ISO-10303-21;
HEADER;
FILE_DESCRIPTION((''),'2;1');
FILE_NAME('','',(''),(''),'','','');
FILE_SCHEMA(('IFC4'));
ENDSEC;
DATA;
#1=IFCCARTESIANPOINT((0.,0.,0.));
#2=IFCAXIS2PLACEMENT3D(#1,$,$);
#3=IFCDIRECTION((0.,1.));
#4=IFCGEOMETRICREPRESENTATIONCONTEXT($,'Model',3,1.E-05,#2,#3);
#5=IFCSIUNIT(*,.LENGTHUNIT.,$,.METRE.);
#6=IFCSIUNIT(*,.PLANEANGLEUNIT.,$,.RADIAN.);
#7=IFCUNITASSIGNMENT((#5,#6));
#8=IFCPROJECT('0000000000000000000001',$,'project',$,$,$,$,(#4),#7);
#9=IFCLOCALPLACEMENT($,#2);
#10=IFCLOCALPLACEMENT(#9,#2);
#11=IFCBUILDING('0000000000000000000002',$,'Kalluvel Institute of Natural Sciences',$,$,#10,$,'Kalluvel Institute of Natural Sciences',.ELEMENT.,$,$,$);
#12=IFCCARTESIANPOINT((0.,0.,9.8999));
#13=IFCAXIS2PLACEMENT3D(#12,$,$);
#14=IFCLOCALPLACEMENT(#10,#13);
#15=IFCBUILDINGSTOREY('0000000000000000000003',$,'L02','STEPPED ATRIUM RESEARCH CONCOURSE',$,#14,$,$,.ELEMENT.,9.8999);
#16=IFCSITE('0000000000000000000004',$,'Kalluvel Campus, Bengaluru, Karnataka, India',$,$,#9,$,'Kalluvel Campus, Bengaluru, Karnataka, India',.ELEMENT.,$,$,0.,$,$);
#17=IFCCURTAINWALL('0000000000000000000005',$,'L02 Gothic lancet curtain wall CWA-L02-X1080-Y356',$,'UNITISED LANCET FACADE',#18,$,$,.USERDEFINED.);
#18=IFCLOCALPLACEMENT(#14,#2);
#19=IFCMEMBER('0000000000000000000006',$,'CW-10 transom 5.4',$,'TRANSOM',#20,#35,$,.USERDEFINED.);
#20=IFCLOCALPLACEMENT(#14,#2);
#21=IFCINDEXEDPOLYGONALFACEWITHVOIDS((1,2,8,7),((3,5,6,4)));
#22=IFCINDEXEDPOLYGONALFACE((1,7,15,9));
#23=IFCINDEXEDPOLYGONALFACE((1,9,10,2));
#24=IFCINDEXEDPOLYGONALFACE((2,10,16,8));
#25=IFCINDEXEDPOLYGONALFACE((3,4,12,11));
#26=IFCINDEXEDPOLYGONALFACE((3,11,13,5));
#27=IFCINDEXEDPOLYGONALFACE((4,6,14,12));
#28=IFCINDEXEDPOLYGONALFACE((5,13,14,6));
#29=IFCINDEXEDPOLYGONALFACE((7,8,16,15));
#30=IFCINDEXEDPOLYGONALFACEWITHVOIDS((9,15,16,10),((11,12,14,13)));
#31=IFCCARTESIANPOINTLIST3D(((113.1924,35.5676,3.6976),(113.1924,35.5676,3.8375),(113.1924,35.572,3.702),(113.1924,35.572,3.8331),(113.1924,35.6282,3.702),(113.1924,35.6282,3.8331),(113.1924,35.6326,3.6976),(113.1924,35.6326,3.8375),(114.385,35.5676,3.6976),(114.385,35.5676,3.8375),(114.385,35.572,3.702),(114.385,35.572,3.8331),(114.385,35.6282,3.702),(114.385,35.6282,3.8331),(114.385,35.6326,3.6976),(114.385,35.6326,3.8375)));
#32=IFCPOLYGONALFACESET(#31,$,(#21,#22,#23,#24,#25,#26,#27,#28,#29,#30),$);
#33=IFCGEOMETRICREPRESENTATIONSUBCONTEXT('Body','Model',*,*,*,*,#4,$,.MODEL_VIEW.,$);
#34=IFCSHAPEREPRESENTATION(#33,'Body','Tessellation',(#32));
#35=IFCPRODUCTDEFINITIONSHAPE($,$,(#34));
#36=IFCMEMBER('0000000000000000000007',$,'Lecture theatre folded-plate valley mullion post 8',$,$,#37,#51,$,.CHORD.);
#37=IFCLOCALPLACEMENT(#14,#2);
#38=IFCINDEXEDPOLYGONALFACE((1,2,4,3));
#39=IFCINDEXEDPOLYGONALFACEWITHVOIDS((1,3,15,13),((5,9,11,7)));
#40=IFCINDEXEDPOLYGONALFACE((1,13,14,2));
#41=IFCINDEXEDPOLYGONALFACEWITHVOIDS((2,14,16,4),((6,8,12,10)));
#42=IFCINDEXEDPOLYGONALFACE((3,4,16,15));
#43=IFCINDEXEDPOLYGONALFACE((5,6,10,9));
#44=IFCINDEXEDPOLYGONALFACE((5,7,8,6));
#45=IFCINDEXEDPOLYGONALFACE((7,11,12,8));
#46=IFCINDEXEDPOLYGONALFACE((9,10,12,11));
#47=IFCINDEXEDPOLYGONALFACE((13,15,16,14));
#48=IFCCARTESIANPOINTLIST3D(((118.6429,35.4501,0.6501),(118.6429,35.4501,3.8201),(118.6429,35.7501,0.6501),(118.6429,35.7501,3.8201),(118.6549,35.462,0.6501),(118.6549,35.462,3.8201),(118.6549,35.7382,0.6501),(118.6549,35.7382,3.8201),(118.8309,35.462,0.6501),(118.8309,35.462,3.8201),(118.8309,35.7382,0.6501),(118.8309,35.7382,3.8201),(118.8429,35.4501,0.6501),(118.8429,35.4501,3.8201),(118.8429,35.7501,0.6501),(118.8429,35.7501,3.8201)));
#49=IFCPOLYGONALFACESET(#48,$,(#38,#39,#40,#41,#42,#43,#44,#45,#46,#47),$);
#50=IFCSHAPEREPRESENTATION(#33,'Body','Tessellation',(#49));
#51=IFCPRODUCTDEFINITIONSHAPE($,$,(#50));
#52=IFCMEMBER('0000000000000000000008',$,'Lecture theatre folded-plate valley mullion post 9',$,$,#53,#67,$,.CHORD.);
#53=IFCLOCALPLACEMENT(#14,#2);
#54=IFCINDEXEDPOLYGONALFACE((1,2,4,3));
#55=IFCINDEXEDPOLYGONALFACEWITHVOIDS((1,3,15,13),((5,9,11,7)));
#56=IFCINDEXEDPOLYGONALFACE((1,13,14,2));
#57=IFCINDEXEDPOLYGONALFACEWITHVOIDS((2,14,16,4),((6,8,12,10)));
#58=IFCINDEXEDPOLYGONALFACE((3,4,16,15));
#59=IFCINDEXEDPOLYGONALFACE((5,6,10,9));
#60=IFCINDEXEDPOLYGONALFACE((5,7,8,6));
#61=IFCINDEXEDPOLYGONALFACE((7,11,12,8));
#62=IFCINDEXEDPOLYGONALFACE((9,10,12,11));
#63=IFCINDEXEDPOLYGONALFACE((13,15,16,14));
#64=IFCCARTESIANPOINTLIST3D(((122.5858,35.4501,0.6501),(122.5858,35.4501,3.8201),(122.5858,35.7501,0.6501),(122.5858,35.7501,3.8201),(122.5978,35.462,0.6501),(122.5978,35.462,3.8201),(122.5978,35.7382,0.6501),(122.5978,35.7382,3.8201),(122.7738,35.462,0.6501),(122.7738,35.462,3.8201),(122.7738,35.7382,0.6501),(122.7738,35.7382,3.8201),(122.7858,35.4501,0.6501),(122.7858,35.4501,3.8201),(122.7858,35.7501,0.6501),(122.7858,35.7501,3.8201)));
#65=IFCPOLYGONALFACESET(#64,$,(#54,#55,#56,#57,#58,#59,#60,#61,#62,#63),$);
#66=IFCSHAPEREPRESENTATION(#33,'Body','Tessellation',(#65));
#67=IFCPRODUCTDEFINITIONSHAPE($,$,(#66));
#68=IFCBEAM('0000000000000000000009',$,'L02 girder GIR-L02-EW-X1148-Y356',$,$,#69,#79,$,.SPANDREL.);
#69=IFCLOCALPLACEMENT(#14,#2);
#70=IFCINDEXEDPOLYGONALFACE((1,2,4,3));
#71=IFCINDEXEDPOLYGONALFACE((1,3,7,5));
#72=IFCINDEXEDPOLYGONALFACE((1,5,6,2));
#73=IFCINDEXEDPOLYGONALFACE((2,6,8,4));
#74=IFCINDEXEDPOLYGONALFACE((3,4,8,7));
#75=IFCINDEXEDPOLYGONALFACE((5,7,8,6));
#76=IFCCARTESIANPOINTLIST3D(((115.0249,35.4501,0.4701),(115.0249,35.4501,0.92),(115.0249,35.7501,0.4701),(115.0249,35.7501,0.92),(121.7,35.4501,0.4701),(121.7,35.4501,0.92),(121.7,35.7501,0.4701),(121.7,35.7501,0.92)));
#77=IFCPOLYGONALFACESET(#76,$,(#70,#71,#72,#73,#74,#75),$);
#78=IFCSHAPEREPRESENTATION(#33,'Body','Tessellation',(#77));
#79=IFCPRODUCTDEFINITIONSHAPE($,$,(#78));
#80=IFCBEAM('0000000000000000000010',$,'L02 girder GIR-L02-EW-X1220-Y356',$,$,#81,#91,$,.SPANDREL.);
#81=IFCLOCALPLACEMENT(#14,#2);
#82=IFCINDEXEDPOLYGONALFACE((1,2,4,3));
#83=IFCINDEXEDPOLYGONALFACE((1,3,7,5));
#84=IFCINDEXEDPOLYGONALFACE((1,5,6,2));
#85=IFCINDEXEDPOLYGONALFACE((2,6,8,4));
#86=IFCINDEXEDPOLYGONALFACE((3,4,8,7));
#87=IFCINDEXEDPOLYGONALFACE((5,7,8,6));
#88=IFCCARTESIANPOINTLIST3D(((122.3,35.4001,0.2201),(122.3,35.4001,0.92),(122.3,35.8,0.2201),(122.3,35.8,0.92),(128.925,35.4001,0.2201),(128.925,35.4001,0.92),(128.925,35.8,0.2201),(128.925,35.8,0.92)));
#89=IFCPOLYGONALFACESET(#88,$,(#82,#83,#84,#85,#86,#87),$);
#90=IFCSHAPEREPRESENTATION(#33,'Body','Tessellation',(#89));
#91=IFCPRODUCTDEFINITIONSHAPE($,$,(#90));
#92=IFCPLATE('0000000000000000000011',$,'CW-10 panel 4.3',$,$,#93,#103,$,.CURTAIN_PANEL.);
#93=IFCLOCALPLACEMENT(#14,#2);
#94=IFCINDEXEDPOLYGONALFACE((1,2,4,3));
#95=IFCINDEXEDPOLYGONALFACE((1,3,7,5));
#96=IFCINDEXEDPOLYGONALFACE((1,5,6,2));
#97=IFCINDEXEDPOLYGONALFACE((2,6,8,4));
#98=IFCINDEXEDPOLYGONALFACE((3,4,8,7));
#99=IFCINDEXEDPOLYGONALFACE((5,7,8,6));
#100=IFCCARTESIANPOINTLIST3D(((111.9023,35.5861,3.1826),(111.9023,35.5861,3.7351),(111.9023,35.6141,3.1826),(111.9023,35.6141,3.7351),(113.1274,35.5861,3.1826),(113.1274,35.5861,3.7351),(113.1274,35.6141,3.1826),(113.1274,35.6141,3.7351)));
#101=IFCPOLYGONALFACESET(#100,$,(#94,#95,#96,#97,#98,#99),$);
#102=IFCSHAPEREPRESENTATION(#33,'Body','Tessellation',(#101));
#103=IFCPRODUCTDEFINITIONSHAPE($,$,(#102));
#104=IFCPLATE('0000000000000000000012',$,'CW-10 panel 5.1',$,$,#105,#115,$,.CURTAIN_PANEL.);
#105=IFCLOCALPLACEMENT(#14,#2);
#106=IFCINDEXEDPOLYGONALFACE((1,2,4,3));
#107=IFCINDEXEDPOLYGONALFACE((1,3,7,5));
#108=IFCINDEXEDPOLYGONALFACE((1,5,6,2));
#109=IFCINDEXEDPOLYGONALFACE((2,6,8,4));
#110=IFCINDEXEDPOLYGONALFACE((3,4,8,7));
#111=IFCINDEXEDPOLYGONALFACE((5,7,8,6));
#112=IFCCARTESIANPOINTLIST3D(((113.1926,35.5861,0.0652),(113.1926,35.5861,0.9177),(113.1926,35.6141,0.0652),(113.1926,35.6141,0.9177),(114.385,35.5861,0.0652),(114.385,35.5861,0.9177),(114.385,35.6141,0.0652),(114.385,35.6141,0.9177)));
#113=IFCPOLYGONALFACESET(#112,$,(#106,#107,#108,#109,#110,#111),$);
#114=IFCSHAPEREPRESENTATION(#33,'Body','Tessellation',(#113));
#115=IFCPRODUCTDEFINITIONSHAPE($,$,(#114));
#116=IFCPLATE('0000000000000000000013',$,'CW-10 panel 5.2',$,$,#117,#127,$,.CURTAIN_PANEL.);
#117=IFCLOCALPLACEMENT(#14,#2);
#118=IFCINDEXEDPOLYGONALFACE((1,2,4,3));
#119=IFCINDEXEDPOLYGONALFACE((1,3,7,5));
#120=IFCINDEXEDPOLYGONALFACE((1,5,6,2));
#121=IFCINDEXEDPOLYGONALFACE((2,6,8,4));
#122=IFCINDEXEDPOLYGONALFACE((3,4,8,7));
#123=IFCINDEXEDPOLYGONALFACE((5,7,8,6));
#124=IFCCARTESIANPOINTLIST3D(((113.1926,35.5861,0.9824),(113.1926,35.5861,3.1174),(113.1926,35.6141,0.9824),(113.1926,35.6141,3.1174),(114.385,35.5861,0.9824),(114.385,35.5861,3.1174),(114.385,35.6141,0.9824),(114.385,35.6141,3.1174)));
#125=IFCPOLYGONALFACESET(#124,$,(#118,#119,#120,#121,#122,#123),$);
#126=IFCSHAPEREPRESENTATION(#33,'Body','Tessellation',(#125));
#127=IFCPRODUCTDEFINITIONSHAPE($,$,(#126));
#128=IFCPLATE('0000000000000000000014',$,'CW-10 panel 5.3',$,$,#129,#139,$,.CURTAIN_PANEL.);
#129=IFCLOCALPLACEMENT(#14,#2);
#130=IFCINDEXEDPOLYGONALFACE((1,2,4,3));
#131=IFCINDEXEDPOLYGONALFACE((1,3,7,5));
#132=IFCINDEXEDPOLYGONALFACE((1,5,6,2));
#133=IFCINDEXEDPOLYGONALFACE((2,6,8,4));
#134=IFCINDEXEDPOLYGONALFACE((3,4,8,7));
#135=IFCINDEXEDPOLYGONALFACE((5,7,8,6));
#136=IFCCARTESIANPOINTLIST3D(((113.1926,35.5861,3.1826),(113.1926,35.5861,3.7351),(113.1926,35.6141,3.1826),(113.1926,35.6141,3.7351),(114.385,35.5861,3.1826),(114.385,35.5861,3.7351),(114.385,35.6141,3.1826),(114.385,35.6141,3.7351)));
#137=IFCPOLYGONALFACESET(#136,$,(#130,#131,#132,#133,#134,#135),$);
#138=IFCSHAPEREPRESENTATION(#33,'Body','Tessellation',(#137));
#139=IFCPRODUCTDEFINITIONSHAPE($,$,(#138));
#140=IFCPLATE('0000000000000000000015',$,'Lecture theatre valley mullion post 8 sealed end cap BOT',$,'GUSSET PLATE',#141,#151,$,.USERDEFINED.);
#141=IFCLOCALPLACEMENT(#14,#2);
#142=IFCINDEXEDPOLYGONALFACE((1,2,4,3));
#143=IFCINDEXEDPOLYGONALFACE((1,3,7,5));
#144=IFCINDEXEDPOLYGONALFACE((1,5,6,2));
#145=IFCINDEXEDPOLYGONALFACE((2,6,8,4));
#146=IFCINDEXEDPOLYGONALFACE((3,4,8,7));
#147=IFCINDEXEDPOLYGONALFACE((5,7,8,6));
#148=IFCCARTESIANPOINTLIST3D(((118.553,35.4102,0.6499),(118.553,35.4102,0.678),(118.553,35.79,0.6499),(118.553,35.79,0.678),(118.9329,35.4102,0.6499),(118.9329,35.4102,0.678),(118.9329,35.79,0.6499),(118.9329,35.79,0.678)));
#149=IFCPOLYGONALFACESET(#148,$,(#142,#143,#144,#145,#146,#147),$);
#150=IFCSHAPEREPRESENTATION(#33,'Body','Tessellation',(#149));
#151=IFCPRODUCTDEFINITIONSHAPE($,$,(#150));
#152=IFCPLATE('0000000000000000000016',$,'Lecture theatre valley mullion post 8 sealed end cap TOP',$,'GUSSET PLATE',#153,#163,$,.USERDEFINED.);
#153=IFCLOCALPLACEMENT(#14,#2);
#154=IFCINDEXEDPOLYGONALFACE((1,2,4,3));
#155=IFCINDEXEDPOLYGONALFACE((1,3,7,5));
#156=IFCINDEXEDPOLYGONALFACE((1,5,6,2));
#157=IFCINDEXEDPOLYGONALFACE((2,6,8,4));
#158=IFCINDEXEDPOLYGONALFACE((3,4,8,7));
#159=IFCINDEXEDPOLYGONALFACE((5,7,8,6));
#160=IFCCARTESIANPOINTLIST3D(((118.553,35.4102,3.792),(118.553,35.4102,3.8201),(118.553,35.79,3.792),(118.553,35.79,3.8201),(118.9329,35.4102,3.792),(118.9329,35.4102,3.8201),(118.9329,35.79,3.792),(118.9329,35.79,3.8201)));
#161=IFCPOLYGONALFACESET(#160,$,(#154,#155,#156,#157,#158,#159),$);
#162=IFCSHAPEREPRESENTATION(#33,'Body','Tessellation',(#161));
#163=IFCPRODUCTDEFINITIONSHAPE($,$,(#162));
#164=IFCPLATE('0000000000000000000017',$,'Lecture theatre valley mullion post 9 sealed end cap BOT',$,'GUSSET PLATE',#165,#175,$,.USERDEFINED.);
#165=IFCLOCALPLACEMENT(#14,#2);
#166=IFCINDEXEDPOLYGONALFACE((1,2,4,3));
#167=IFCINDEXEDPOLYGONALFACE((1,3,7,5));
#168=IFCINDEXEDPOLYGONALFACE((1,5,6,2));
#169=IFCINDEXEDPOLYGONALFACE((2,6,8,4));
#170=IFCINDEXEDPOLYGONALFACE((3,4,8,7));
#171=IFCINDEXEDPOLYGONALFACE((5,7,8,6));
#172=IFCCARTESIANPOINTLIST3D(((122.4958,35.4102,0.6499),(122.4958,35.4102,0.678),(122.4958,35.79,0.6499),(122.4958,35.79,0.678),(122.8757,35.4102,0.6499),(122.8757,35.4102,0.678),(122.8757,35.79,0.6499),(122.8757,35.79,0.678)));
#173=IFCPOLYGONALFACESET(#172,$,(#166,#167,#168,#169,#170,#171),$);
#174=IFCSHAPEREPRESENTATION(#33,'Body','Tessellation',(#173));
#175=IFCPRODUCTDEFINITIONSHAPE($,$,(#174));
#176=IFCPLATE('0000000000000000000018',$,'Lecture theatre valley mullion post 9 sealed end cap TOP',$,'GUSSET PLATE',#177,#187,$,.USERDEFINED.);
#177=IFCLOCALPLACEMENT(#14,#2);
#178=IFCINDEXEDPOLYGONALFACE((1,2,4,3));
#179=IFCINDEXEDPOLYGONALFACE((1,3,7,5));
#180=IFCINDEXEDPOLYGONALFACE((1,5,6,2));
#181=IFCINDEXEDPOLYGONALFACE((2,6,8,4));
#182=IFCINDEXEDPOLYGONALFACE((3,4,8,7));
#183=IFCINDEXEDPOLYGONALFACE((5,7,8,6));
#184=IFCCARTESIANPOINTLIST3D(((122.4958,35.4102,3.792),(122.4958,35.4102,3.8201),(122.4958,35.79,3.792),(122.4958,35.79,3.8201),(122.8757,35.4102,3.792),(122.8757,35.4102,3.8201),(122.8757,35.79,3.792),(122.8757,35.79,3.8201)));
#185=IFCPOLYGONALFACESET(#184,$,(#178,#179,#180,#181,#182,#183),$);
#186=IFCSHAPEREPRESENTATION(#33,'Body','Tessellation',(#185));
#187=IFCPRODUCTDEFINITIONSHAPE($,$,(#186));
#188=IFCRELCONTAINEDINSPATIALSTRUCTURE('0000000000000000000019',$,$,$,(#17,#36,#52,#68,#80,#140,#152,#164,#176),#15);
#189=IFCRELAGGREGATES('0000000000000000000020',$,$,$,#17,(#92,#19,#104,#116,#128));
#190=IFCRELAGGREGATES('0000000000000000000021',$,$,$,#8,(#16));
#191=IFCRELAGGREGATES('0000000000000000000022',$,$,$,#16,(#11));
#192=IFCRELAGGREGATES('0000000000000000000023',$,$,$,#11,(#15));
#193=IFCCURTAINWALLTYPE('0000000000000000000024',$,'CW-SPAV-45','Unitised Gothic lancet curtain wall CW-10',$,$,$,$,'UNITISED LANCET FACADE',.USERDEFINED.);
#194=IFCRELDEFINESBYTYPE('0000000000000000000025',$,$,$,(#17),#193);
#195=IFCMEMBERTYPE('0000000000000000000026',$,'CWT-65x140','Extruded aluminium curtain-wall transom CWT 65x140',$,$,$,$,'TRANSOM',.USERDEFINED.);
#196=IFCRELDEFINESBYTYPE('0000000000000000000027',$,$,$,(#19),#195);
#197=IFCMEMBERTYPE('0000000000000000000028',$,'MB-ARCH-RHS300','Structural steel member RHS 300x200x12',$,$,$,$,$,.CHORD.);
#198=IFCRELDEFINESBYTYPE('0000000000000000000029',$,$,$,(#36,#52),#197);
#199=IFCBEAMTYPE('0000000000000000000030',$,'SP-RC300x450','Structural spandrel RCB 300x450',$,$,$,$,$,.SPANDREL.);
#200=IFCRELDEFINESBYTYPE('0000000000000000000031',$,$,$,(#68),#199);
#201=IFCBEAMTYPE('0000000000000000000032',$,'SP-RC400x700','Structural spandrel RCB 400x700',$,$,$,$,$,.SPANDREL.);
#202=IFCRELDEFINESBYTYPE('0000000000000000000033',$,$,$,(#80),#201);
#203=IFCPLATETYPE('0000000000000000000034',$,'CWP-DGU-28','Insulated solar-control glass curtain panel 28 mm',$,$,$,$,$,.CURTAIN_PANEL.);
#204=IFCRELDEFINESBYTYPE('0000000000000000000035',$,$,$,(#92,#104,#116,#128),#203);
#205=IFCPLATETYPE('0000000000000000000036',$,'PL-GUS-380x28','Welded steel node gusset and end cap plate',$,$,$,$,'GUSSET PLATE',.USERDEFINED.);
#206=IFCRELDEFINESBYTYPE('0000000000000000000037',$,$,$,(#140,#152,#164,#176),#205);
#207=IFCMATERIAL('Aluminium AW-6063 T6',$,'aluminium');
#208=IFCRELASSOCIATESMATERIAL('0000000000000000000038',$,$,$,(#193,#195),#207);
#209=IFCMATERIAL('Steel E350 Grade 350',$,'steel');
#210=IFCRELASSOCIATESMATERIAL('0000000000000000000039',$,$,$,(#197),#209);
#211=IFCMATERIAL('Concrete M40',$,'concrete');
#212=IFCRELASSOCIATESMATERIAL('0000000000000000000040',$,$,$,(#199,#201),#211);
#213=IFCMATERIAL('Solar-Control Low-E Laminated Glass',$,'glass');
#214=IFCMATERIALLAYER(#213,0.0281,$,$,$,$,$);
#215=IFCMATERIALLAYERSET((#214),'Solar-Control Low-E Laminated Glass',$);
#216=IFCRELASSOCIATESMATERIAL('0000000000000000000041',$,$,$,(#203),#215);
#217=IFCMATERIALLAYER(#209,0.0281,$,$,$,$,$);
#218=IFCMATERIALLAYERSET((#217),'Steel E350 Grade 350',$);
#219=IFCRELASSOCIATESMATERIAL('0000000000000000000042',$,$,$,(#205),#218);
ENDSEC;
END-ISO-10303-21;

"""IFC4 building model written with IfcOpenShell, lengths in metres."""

from ifc_helpers import new_model, si_unit, direction, frame, origin, origin_2d, place, context, subcontext, project, spatial, rectangle, hollow_rectangle, extrude, material, layer, layer_set, material_profile, profile_set, type_object, element, aggregate, save


model = new_model("IFC4")

# Units and contexts
model_context = context("Model", 3, precision=1e-05, world=origin(), true_north=direction((0.0, 1.0)))
body_context = subcontext(model_context, "Body", "Model", "MODEL_VIEW")
ifc_project = project(units=[si_unit("LENGTHUNIT", "METRE"), si_unit("PLANEANGLEUNIT", "RADIAN")], contexts=[model_context])

# Site, building, storey
site_placement = place(None, origin())
site = spatial("IfcSite", under=ifc_project, at=site_placement, Name="Kalluvel Campus, Bengaluru, Karnataka, India", LongName="Kalluvel Campus, Bengaluru, Karnataka, India", CompositionType="ELEMENT", RefElevation=0.0)
building_placement = place(site_placement, origin())
building = spatial("IfcBuilding", under=site, at=building_placement, Name="Kalluvel Institute of Natural Sciences", LongName="Kalluvel Institute of Natural Sciences", CompositionType="ELEMENT")
storey_placement = place(building_placement, frame((0.0, 0.0, 9.8999)))
storey = spatial("IfcBuildingStorey", under=building, at=storey_placement, Name="L02", Description="STEPPED ATRIUM RESEARCH CONCOURSE", CompositionType="ELEMENT", Elevation=9.8999)

# Shared definitions
ifc_material_1 = material(Name="Concrete M40", Category="concrete")

# Shared definitions
ifc_material_2 = material(Name="Steel E350 Grade 350", Category="steel")

# Curtain wall, member
ifc_material_3 = material(Name="Aluminium AW-6063 T6", Category="aluminium")
curtain_wall_type = type_object("IfcCurtainWallType", Name="CW-SPAV-45", Description="Unitised Gothic lancet curtain wall CW-10", ElementType="UNITISED LANCET FACADE", PredefinedType="USERDEFINED", material=ifc_material_3)
curtain_wall_placement = place(storey_placement, origin())
curtain_wall = element("IfcCurtainWall", 1, at=curtain_wall_placement, inside=storey, type_object=curtain_wall_type, Name="L02 Gothic lancet curtain wall CWA-L02-X1080-Y356", ObjectType="UNITISED LANCET FACADE", PredefinedType="USERDEFINED")
ifc_material_profile_1 = material_profile(ifc_material_3, hollow_rectangle(XDim=0.0649, YDim=0.1399, WallThickness=0.0044, at=origin_2d()), Name="CWT 65x140")
ifc_profile_set_1 = profile_set([ifc_material_profile_1], Name="Aluminium AW-6063 T6")
member_type_1 = type_object("IfcMemberType", Name="CWT-65x140", Description="Extruded aluminium curtain-wall transom CWT 65x140", ElementType="TRANSOM", PredefinedType="USERDEFINED", material=ifc_profile_set_1)
member_1_placement = place(storey_placement, frame((113.1924, 35.6001, 3.7676), z_axis=(1.0, 0.0, 0.0), x_axis=(0.0, 1.0, 0.0)))
member_1 = element("IfcMember", 2, at=member_1_placement, type_object=member_type_1, Name="CW-10 transom 5.4", ObjectType="TRANSOM", PredefinedType="USERDEFINED", context=body_context, shape_type="SweptSolid", body=[
    extrude(hollow_rectangle(XDim=0.0649, YDim=0.1399, WallThickness=0.0044, at=origin_2d()), origin(), (0.0, 0.0, 1.0), 1.1926),
])

# Members
ifc_material_profile_2 = material_profile(ifc_material_2, hollow_rectangle(XDim=0.2, YDim=0.3, WallThickness=0.012, at=origin_2d()), Name="RHS 300x200x12")
ifc_profile_set_2 = profile_set([ifc_material_profile_2], Name="Steel E350 Grade 350")
member_type_2 = type_object("IfcMemberType", Name="MB-ARCH-RHS300", Description="Structural steel member RHS 300x200x12", PredefinedType="CHORD", material=ifc_profile_set_2)
for number, where, z_axis, x_axis, name in (
    (3, (118.7429, 35.6001, 0.6501), (0.0, 0.0, 1.0), (1.0, 0.0, 0.0), "Lecture theatre folded-plate valley mullion post 8"),
    (4, (122.6858, 35.6001, 0.6501), (0.0, 0.0, 1.0), (1.0, 0.0, 0.0), "Lecture theatre folded-plate valley mullion post 9"),
):
    element("IfcMember", number, at=place(storey_placement, frame(where, z_axis=z_axis, x_axis=x_axis)), inside=storey, type_object=member_type_2, Name=name, PredefinedType="CHORD", context=body_context, shape_type="SweptSolid", body=[
        extrude(hollow_rectangle(XDim=0.2, YDim=0.3, WallThickness=0.012, at=origin_2d()), origin(), (0.0, 0.0, 1.0), 3.1699),
    ])

# Beams
ifc_material_profile_3 = material_profile(ifc_material_1, rectangle(XDim=0.3, YDim=0.45, at=origin_2d()), Name="RCB 300x450")
ifc_profile_set_3 = profile_set([ifc_material_profile_3], Name="Concrete M40")
beam_type_1 = type_object("IfcBeamType", Name="SP-RC300x450", Description="Structural spandrel RCB 300x450", PredefinedType="SPANDREL", material=ifc_profile_set_3)
beam_1_placement = place(storey_placement, frame((115.0249, 35.6001, 0.6951), z_axis=(1.0, 0.0, 0.0), x_axis=(0.0, 1.0, 0.0)))
element("IfcBeam", 5, at=beam_1_placement, inside=storey, type_object=beam_type_1, Name="L02 girder GIR-L02-EW-X1148-Y356", PredefinedType="SPANDREL", context=body_context, shape_type="SweptSolid", body=[
    extrude(rectangle(XDim=0.3, YDim=0.45, at=origin_2d()), origin(), (0.0, 0.0, 1.0), 6.675),
])
ifc_material_profile_4 = material_profile(ifc_material_1, rectangle(XDim=0.3999, YDim=0.7, at=origin_2d()), Name="RCB 400x700")
ifc_profile_set_4 = profile_set([ifc_material_profile_4], Name="Concrete M40")
beam_type_2 = type_object("IfcBeamType", Name="SP-RC400x700", Description="Structural spandrel RCB 400x700", PredefinedType="SPANDREL", material=ifc_profile_set_4)
beam_2_placement = place(storey_placement, frame((122.3, 35.6001, 0.5701), z_axis=(1.0, 0.0, 0.0), x_axis=(0.0, 1.0, 0.0)))
element("IfcBeam", 6, at=beam_2_placement, inside=storey, type_object=beam_type_2, Name="L02 girder GIR-L02-EW-X1220-Y356", PredefinedType="SPANDREL", context=body_context, shape_type="SweptSolid", body=[
    extrude(rectangle(XDim=0.3999, YDim=0.7, at=origin_2d()), origin(), (0.0, 0.0, 1.0), 6.625),
])

# Plates
ifc_material_4 = material(Name="Solar-Control Low-E Laminated Glass", Category="glass")
ifc_layer_1 = layer(ifc_material_4, 0.0281)
ifc_layer_set_1 = layer_set([ifc_layer_1], Name="Solar-Control Low-E Laminated Glass")
plate_type_1 = type_object("IfcPlateType", Name="CWP-DGU-28", Description="Insulated solar-control glass curtain panel 28 mm", PredefinedType="CURTAIN_PANEL", material=ifc_layer_set_1)
plate_1_placement = place(storey_placement, frame((112.5149, 35.6001, 3.1826), z_axis=(0.0, 0.0, 1.0), x_axis=(1.0, 0.0, 0.0)))
plate_1 = element("IfcPlate", 7, at=plate_1_placement, type_object=plate_type_1, Name="CW-10 panel 4.3", PredefinedType="CURTAIN_PANEL", context=body_context, shape_type="SweptSolid", body=[
    extrude(rectangle(XDim=1.2251, YDim=0.0281, at=origin_2d()), origin(), (0.0, 0.0, 1.0), 0.5525),
])
plate_2_placement = place(storey_placement, frame((113.7888, 35.6001, 0.0652), z_axis=(0.0, 0.0, 1.0), x_axis=(1.0, 0.0, 0.0)))
plate_2 = element("IfcPlate", 8, at=plate_2_placement, type_object=plate_type_1, Name="CW-10 panel 5.1", PredefinedType="CURTAIN_PANEL", context=body_context, shape_type="SweptSolid", body=[
    extrude(rectangle(XDim=1.1924, YDim=0.0281, at=origin_2d()), origin(), (0.0, 0.0, 1.0), 0.8525),
])
plate_3_placement = place(storey_placement, frame((113.7888, 35.6001, 0.9824), z_axis=(0.0, 0.0, 1.0), x_axis=(1.0, 0.0, 0.0)))
plate_3 = element("IfcPlate", 9, at=plate_3_placement, type_object=plate_type_1, Name="CW-10 panel 5.2", PredefinedType="CURTAIN_PANEL", context=body_context, shape_type="SweptSolid", body=[
    extrude(rectangle(XDim=1.1924, YDim=0.0281, at=origin_2d()), origin(), (0.0, 0.0, 1.0), 2.135),
])
plate_4_placement = place(storey_placement, frame((113.7888, 35.6001, 3.1826), z_axis=(0.0, 0.0, 1.0), x_axis=(1.0, 0.0, 0.0)))
plate_4 = element("IfcPlate", 10, at=plate_4_placement, type_object=plate_type_1, Name="CW-10 panel 5.3", PredefinedType="CURTAIN_PANEL", context=body_context, shape_type="SweptSolid", body=[
    extrude(rectangle(XDim=1.1924, YDim=0.0281, at=origin_2d()), origin(), (0.0, 0.0, 1.0), 0.5525),
])
aggregate(curtain_wall, [plate_1, member_1, plate_2, plate_3, plate_4])

# Plates
ifc_layer_2 = layer(ifc_material_2, 0.0281)
ifc_layer_set_2 = layer_set([ifc_layer_2], Name="Steel E350 Grade 350")
plate_type_2 = type_object("IfcPlateType", Name="PL-GUS-380x28", Description="Welded steel node gusset and end cap plate", ElementType="GUSSET PLATE", PredefinedType="USERDEFINED", material=ifc_layer_set_2)
for number, where, z_axis, x_axis, name in (
    (11, (118.7429, 35.6001, 0.6499), (0.0, 0.0, 1.0), (1.0, 0.0, 0.0), "Lecture theatre valley mullion post 8 sealed end cap BOT"),
    (12, (118.7429, 35.6001, 3.792), (0.0, 0.0, 1.0), (1.0, 0.0, 0.0), "Lecture theatre valley mullion post 8 sealed end cap TOP"),
    (13, (122.6858, 35.6001, 0.6499), (0.0, 0.0, 1.0), (1.0, 0.0, 0.0), "Lecture theatre valley mullion post 9 sealed end cap BOT"),
    (14, (122.6858, 35.6001, 3.792), (0.0, 0.0, 1.0), (1.0, 0.0, 0.0), "Lecture theatre valley mullion post 9 sealed end cap TOP"),
):
    element("IfcPlate", number, at=place(storey_placement, frame(where, z_axis=z_axis, x_axis=x_axis)), inside=storey, type_object=plate_type_2, Name=name, ObjectType="GUSSET PLATE", PredefinedType="USERDEFINED", context=body_context, shape_type="SweptSolid", body=[
        extrude(rectangle(XDim=0.3799, YDim=0.3799, at=origin_2d()), origin(), (0.0, 0.0, 1.0), 0.0281),
    ])

save(model, "model.ifc")
